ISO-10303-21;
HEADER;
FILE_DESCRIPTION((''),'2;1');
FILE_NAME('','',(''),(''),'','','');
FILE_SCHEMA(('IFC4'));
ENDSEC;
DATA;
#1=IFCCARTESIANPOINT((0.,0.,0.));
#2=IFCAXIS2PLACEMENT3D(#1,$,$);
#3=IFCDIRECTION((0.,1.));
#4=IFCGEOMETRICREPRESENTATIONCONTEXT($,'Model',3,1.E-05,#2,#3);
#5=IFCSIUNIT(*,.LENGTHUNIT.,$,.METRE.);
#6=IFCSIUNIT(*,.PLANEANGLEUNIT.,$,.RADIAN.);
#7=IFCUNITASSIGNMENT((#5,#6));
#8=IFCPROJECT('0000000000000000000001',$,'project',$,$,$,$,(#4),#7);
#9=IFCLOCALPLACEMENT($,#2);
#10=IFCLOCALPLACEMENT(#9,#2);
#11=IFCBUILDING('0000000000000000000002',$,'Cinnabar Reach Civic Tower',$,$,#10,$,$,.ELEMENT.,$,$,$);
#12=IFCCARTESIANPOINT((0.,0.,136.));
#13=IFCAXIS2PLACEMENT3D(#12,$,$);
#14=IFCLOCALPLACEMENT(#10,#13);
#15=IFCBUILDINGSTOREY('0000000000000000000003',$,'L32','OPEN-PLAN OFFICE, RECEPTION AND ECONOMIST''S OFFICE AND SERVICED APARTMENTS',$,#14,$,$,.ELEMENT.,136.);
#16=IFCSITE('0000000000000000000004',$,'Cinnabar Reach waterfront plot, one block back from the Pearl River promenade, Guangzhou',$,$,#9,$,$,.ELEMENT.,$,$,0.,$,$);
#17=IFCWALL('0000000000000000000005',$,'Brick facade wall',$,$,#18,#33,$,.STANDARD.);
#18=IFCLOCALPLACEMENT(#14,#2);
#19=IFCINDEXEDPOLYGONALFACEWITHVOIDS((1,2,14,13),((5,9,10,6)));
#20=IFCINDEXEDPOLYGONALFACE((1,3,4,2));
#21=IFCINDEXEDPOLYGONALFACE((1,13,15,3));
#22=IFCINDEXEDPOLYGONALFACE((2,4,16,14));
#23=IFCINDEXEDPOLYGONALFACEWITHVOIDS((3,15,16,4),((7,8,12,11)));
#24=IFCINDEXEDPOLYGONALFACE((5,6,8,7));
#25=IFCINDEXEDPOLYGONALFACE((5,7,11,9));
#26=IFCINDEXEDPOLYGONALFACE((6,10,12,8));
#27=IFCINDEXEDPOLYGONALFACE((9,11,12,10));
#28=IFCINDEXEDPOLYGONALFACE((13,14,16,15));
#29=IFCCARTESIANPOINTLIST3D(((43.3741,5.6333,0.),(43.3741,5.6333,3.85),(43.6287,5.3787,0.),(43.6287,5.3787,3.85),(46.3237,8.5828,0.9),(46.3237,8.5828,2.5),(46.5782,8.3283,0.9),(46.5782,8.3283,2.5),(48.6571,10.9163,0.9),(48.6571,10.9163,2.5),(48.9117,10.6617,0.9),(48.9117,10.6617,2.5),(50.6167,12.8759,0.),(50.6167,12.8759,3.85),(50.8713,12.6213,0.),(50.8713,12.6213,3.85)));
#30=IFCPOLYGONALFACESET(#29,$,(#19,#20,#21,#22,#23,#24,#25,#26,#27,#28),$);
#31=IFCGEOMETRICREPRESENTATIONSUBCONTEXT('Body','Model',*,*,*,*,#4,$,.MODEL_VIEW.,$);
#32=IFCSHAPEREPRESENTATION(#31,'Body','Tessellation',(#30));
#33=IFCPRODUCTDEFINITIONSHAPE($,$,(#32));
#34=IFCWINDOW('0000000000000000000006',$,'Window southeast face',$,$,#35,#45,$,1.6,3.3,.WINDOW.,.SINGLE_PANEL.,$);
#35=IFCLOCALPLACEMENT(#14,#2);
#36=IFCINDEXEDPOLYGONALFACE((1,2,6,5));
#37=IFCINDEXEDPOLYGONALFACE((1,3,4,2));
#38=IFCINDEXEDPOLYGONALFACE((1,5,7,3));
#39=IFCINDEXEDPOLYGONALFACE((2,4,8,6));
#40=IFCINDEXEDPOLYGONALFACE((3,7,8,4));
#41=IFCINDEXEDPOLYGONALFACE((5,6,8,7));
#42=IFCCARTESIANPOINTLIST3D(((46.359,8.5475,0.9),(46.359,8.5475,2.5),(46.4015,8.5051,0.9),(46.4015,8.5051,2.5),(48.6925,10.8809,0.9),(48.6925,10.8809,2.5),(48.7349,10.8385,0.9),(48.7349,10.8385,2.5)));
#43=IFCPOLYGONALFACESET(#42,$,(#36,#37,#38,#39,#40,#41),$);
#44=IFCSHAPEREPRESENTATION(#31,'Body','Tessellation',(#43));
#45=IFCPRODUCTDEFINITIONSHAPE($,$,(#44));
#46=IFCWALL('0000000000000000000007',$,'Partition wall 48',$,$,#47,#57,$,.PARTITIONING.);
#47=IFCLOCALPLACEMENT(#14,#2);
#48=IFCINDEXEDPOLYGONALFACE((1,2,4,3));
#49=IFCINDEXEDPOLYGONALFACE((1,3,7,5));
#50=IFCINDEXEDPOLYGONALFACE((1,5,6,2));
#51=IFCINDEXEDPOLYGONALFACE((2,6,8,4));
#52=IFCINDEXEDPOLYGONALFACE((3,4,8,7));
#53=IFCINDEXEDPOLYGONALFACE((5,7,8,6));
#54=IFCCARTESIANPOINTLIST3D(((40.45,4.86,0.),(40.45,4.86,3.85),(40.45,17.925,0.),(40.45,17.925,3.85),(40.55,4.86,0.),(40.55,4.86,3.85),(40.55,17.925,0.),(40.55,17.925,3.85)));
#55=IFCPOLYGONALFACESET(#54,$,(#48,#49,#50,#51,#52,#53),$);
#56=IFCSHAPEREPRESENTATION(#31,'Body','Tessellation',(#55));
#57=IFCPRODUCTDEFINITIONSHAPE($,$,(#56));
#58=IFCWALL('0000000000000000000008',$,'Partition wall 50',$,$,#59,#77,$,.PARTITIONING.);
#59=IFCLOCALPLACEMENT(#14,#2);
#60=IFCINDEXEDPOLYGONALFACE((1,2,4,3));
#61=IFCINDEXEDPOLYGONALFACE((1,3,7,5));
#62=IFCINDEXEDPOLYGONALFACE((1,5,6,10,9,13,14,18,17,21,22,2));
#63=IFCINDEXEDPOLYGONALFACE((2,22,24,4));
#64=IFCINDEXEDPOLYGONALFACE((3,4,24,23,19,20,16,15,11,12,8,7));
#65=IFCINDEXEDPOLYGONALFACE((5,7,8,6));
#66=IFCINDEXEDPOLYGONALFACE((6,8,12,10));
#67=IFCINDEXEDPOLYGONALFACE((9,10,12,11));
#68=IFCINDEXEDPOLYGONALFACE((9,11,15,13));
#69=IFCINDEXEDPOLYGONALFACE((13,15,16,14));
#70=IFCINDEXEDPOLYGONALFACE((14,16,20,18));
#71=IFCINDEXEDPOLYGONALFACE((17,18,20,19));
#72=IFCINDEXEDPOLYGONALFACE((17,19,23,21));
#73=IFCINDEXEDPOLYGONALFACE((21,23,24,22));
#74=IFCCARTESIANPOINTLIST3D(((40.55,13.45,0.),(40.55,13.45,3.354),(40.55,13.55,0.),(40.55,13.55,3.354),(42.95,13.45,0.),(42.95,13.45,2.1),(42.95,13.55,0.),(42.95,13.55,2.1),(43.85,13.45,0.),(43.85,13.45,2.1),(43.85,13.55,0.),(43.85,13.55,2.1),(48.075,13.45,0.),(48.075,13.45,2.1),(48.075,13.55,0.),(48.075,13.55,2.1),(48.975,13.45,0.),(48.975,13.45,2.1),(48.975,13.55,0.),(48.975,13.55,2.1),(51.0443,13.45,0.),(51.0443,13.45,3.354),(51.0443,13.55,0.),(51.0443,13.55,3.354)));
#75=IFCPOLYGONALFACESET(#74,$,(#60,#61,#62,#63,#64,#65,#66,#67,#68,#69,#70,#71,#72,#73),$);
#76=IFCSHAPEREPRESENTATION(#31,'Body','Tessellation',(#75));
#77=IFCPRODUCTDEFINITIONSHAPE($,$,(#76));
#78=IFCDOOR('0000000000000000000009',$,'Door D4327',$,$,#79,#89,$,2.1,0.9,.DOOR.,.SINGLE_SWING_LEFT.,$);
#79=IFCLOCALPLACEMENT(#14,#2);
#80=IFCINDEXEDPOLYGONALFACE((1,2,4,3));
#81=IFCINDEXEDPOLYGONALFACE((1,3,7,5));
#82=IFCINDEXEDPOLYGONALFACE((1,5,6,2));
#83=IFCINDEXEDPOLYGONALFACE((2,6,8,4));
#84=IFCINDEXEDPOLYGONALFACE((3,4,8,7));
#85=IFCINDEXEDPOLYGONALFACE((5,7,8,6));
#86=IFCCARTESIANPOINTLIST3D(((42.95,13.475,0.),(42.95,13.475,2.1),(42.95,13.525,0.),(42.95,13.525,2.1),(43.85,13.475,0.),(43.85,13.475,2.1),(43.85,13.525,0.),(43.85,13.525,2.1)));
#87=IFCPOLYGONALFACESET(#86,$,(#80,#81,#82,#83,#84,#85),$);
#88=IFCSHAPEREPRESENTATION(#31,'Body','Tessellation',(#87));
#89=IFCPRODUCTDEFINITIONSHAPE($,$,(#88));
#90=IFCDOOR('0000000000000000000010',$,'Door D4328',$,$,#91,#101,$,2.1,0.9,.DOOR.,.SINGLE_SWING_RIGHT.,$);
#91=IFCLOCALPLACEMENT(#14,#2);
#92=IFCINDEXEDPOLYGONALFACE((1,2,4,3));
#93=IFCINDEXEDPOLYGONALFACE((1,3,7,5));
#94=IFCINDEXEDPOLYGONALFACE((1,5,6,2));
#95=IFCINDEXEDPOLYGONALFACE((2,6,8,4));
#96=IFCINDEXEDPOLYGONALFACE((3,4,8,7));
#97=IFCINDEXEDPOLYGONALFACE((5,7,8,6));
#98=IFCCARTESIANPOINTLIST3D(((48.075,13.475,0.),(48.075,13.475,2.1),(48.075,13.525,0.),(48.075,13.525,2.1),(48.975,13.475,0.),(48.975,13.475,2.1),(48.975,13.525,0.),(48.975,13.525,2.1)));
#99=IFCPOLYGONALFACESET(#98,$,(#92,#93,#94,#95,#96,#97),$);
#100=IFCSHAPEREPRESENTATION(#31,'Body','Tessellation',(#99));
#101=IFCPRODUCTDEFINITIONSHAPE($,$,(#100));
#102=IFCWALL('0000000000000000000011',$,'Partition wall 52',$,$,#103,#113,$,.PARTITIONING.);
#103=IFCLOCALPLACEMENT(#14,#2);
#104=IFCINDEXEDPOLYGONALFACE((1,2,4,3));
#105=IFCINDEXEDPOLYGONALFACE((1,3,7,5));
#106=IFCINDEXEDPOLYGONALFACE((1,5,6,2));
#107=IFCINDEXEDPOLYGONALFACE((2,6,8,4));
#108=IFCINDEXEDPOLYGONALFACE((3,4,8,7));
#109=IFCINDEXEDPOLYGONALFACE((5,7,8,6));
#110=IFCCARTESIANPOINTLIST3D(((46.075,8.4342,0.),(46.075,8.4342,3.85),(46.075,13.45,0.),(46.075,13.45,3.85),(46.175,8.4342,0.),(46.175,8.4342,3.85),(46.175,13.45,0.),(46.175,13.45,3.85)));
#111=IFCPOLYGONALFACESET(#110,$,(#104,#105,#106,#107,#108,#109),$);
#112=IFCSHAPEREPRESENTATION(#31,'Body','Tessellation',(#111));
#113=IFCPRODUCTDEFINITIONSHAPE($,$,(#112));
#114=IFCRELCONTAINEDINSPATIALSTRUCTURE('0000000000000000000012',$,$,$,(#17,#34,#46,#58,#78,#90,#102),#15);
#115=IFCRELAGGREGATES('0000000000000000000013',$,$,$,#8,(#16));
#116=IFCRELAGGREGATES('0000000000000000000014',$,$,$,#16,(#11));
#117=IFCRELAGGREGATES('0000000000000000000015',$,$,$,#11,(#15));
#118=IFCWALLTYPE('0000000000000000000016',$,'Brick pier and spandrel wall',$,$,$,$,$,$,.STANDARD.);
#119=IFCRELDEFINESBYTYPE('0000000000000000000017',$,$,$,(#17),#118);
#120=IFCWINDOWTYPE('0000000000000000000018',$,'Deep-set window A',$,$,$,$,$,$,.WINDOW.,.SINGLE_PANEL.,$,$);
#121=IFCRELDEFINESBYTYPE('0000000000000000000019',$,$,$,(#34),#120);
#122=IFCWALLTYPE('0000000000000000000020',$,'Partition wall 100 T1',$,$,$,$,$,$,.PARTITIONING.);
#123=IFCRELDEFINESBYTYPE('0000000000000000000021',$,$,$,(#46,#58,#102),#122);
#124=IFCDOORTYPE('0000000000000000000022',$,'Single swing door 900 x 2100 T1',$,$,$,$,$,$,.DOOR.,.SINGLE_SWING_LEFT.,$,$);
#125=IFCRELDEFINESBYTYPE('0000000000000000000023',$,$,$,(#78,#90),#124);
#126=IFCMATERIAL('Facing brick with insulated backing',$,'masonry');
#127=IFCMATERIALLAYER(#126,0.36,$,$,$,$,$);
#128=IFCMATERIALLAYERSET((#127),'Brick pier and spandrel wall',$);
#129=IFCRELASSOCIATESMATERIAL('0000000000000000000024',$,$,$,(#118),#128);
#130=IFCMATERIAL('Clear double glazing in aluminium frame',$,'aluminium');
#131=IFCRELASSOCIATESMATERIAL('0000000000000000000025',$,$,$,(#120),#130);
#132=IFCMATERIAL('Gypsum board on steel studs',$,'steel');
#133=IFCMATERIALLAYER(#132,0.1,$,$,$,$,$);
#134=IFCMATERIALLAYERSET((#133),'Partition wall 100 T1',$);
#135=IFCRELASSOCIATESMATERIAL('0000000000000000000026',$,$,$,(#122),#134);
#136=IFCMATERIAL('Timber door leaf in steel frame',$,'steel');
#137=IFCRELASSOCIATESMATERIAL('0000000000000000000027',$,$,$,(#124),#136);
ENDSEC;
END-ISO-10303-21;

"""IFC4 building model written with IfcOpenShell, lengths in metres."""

from ifc_helpers import new_model, si_unit, direction, frame, frame_2d, origin, place, context, subcontext, project, spatial, rectangle, extrude, material, layer, layer_set, type_object, element, fill, save


model = new_model("IFC4")

# Units and contexts
model_context = context("Model", 3, precision=1e-05, world=origin(), true_north=direction((0.0, 1.0)))
body_context = subcontext(model_context, "Body", "Model", "MODEL_VIEW")
ifc_project = project(units=[si_unit("LENGTHUNIT", "METRE"), si_unit("PLANEANGLEUNIT", "RADIAN")], contexts=[model_context])

# Site, building, storey
site_placement = place(None, origin())
site = spatial("IfcSite", under=ifc_project, at=site_placement, Name="Cinnabar Reach waterfront plot, one block back from the Pearl River promenade, Guangzhou", CompositionType="ELEMENT", RefElevation=0.0)
building_placement = place(site_placement, origin())
building = spatial("IfcBuilding", under=site, at=building_placement, Name="Cinnabar Reach Civic Tower", CompositionType="ELEMENT")
storey_placement = place(building_placement, frame((0.0, 0.0, 136.0)))
storey = spatial("IfcBuildingStorey", under=building, at=storey_placement, Name="L32", Description="OPEN-PLAN OFFICE, RECEPTION AND ECONOMIST'S OFFICE AND SERVICED APARTMENTS", CompositionType="ELEMENT", Elevation=136.0)

# Shared definitions
ifc_material_1 = material(Name="Facing brick with insulated backing", Category="masonry")

# Wall, opening, window
ifc_layer_1 = layer(ifc_material_1, 0.36)
ifc_layer_set_1 = layer_set([ifc_layer_1], Name="Brick pier and spandrel wall")
wall_type_1 = type_object("IfcWallType", Name="Brick pier and spandrel wall", PredefinedType="STANDARD", material=ifc_layer_set_1)
wall_1_placement = place(storey_placement, frame((43.5014, 5.506, 0.0), z_axis=(0.0, 0.0, 1.0), x_axis=(0.707107, 0.707107, 0.0)))
wall_1 = element("IfcWall", 1, at=wall_1_placement, inside=storey, type_object=wall_type_1, Name="Brick facade wall", PredefinedType="STANDARD", context=body_context, shape_type="SweptSolid", body=[
    extrude(rectangle(XDim=10.2426, YDim=0.36, at=frame_2d((5.1213, 0.0))), origin(), (0.0, 0.0, 1.0), 3.85),
])
opening_1_placement = place(wall_1_placement, frame((4.1713, 0.0, 0.9)))
opening_1 = element("IfcOpeningElement", 2, at=opening_1_placement, cuts=wall_1, PredefinedType="OPENING", context=body_context, shape_type="SweptSolid", body=[
    extrude(rectangle(XDim=3.3, YDim=1.6, at=frame_2d((1.65, 0.8))), frame((0.0, 0.19, 0.0), z_axis=(0.0, -1.0, 0.0), x_axis=(1.0, 0.0, 0.0)), (0.0, 0.0, 1.0), 0.38),
])
ifc_material_2 = material(Name="Clear double glazing in aluminium frame", Category="aluminium")
window_type = type_object("IfcWindowType", Name="Deep-set window A", PartitioningType="SINGLE_PANEL", PredefinedType="WINDOW", material=ifc_material_2)
window_placement = place(opening_1_placement, origin())
window = element("IfcWindow", 3, at=window_placement, inside=storey, type_object=window_type, Name="Window southeast face", OverallHeight=1.6, OverallWidth=3.3, PartitioningType="SINGLE_PANEL", PredefinedType="WINDOW", context=body_context, shape_type="SweptSolid", body=[
    extrude(rectangle(XDim=3.3, YDim=1.6, at=frame_2d((1.65, 0.8))), frame((0.0, 0.13, 0.0), z_axis=(0.0, -1.0, 0.0), x_axis=(1.0, 0.0, 0.0)), (0.0, 0.0, 1.0), 0.06),
])
fill(opening_1, window)

# Wall
ifc_material_3 = material(Name="Gypsum board on steel studs", Category="steel")
ifc_layer_2 = layer(ifc_material_3, 0.1)
ifc_layer_set_2 = layer_set([ifc_layer_2], Name="Partition wall 100 T1")
wall_type_2 = type_object("IfcWallType", Name="Partition wall 100 T1", PredefinedType="PARTITIONING", material=ifc_layer_set_2)
wall_2_placement = place(storey_placement, frame((40.5, 4.86, 0.0), z_axis=(0.0, 0.0, 1.0), x_axis=(0.0, 1.0, 0.0)))
element("IfcWall", 4, at=wall_2_placement, inside=storey, type_object=wall_type_2, Name="Partition wall 48", PredefinedType="PARTITIONING", context=body_context, shape_type="SweptSolid", body=[
    extrude(rectangle(XDim=13.065, YDim=0.1, at=frame_2d((6.5325, 0.0))), origin(), (0.0, 0.0, 1.0), 3.85),
])

# Wall, openings, doors
wall_3_placement = place(storey_placement, frame((40.55, 13.5, 0.0), z_axis=(0.0, 0.0, 1.0), x_axis=(1.0, 0.0, 0.0)))
wall_3 = element("IfcWall", 5, at=wall_3_placement, inside=storey, type_object=wall_type_2, Name="Partition wall 50", PredefinedType="PARTITIONING", context=body_context, shape_type="SweptSolid", body=[
    extrude(rectangle(XDim=10.4943, YDim=0.1, at=frame_2d((5.2472, 0.0))), origin(), (0.0, 0.0, 1.0), 3.354),
])
opening_2_placement = place(wall_3_placement, frame((2.4, 0.0, 0.0)))
opening_2 = element("IfcOpeningElement", 6, at=opening_2_placement, cuts=wall_3, PredefinedType="OPENING", context=body_context, shape_type="SweptSolid", body=[
    extrude(rectangle(XDim=0.9, YDim=2.1, at=frame_2d((0.45, 1.05))), frame((0.0, 0.06, 0.0), z_axis=(0.0, -1.0, 0.0), x_axis=(1.0, 0.0, 0.0)), (0.0, 0.0, 1.0), 0.12),
])
opening_3_placement = place(wall_3_placement, frame((7.525, 0.0, 0.0)))
opening_3 = element("IfcOpeningElement", 7, at=opening_3_placement, cuts=wall_3, PredefinedType="OPENING", context=body_context, shape_type="SweptSolid", body=[
    extrude(rectangle(XDim=0.9, YDim=2.1, at=frame_2d((0.45, 1.05))), frame((0.0, 0.06, 0.0), z_axis=(0.0, -1.0, 0.0), x_axis=(1.0, 0.0, 0.0)), (0.0, 0.0, 1.0), 0.12),
])
ifc_material_4 = material(Name="Timber door leaf in steel frame", Category="steel")
door_type = type_object("IfcDoorType", Name="Single swing door 900 x 2100 T1", OperationType="SINGLE_SWING_LEFT", PredefinedType="DOOR", material=ifc_material_4)
door_1_placement = place(opening_2_placement, frame((0.9, 0.0, 0.0), z_axis=(0.0, 0.0, 1.0), x_axis=(-1.0, 0.0, 0.0)))
door_1 = element("IfcDoor", 8, at=door_1_placement, inside=storey, type_object=door_type, Name="Door D4327", OperationType="SINGLE_SWING_LEFT", OverallHeight=2.1, OverallWidth=0.9, PredefinedType="DOOR", context=body_context, shape_type="SweptSolid", body=[
    extrude(rectangle(XDim=0.9, YDim=2.1, at=frame_2d((0.45, 1.05))), frame((0.0, 0.025, 0.0), z_axis=(0.0, -1.0, 0.0), x_axis=(1.0, 0.0, 0.0)), (0.0, 0.0, 1.0), 0.05),
])
fill(opening_2, door_1)
door_2_placement = place(opening_3_placement, frame((0.9, 0.0, 0.0), z_axis=(0.0, 0.0, 1.0), x_axis=(-1.0, 0.0, 0.0)))
door_2 = element("IfcDoor", 9, at=door_2_placement, inside=storey, type_object=door_type, Name="Door D4328", OperationType="SINGLE_SWING_RIGHT", OverallHeight=2.1, OverallWidth=0.9, PredefinedType="DOOR", context=body_context, shape_type="SweptSolid", body=[
    extrude(rectangle(XDim=0.9, YDim=2.1, at=frame_2d((0.45, 1.05))), frame((0.0, 0.025, 0.0), z_axis=(0.0, -1.0, 0.0), x_axis=(1.0, 0.0, 0.0)), (0.0, 0.0, 1.0), 0.05),
])
fill(opening_3, door_2)

# Wall
wall_4_placement = place(storey_placement, frame((46.125, 8.4341, 0.0), z_axis=(0.0, 0.0, 1.0), x_axis=(0.0, 1.0, 0.0)))
element("IfcWall", 10, at=wall_4_placement, inside=storey, type_object=wall_type_2, Name="Partition wall 52", PredefinedType="PARTITIONING", context=body_context, shape_type="SweptSolid", body=[
    extrude(rectangle(XDim=5.0159, YDim=0.1, at=frame_2d((2.508, 0.0))), origin(), (0.0, 0.0, 1.0), 3.85),
])

save(model, "model.ifc")
